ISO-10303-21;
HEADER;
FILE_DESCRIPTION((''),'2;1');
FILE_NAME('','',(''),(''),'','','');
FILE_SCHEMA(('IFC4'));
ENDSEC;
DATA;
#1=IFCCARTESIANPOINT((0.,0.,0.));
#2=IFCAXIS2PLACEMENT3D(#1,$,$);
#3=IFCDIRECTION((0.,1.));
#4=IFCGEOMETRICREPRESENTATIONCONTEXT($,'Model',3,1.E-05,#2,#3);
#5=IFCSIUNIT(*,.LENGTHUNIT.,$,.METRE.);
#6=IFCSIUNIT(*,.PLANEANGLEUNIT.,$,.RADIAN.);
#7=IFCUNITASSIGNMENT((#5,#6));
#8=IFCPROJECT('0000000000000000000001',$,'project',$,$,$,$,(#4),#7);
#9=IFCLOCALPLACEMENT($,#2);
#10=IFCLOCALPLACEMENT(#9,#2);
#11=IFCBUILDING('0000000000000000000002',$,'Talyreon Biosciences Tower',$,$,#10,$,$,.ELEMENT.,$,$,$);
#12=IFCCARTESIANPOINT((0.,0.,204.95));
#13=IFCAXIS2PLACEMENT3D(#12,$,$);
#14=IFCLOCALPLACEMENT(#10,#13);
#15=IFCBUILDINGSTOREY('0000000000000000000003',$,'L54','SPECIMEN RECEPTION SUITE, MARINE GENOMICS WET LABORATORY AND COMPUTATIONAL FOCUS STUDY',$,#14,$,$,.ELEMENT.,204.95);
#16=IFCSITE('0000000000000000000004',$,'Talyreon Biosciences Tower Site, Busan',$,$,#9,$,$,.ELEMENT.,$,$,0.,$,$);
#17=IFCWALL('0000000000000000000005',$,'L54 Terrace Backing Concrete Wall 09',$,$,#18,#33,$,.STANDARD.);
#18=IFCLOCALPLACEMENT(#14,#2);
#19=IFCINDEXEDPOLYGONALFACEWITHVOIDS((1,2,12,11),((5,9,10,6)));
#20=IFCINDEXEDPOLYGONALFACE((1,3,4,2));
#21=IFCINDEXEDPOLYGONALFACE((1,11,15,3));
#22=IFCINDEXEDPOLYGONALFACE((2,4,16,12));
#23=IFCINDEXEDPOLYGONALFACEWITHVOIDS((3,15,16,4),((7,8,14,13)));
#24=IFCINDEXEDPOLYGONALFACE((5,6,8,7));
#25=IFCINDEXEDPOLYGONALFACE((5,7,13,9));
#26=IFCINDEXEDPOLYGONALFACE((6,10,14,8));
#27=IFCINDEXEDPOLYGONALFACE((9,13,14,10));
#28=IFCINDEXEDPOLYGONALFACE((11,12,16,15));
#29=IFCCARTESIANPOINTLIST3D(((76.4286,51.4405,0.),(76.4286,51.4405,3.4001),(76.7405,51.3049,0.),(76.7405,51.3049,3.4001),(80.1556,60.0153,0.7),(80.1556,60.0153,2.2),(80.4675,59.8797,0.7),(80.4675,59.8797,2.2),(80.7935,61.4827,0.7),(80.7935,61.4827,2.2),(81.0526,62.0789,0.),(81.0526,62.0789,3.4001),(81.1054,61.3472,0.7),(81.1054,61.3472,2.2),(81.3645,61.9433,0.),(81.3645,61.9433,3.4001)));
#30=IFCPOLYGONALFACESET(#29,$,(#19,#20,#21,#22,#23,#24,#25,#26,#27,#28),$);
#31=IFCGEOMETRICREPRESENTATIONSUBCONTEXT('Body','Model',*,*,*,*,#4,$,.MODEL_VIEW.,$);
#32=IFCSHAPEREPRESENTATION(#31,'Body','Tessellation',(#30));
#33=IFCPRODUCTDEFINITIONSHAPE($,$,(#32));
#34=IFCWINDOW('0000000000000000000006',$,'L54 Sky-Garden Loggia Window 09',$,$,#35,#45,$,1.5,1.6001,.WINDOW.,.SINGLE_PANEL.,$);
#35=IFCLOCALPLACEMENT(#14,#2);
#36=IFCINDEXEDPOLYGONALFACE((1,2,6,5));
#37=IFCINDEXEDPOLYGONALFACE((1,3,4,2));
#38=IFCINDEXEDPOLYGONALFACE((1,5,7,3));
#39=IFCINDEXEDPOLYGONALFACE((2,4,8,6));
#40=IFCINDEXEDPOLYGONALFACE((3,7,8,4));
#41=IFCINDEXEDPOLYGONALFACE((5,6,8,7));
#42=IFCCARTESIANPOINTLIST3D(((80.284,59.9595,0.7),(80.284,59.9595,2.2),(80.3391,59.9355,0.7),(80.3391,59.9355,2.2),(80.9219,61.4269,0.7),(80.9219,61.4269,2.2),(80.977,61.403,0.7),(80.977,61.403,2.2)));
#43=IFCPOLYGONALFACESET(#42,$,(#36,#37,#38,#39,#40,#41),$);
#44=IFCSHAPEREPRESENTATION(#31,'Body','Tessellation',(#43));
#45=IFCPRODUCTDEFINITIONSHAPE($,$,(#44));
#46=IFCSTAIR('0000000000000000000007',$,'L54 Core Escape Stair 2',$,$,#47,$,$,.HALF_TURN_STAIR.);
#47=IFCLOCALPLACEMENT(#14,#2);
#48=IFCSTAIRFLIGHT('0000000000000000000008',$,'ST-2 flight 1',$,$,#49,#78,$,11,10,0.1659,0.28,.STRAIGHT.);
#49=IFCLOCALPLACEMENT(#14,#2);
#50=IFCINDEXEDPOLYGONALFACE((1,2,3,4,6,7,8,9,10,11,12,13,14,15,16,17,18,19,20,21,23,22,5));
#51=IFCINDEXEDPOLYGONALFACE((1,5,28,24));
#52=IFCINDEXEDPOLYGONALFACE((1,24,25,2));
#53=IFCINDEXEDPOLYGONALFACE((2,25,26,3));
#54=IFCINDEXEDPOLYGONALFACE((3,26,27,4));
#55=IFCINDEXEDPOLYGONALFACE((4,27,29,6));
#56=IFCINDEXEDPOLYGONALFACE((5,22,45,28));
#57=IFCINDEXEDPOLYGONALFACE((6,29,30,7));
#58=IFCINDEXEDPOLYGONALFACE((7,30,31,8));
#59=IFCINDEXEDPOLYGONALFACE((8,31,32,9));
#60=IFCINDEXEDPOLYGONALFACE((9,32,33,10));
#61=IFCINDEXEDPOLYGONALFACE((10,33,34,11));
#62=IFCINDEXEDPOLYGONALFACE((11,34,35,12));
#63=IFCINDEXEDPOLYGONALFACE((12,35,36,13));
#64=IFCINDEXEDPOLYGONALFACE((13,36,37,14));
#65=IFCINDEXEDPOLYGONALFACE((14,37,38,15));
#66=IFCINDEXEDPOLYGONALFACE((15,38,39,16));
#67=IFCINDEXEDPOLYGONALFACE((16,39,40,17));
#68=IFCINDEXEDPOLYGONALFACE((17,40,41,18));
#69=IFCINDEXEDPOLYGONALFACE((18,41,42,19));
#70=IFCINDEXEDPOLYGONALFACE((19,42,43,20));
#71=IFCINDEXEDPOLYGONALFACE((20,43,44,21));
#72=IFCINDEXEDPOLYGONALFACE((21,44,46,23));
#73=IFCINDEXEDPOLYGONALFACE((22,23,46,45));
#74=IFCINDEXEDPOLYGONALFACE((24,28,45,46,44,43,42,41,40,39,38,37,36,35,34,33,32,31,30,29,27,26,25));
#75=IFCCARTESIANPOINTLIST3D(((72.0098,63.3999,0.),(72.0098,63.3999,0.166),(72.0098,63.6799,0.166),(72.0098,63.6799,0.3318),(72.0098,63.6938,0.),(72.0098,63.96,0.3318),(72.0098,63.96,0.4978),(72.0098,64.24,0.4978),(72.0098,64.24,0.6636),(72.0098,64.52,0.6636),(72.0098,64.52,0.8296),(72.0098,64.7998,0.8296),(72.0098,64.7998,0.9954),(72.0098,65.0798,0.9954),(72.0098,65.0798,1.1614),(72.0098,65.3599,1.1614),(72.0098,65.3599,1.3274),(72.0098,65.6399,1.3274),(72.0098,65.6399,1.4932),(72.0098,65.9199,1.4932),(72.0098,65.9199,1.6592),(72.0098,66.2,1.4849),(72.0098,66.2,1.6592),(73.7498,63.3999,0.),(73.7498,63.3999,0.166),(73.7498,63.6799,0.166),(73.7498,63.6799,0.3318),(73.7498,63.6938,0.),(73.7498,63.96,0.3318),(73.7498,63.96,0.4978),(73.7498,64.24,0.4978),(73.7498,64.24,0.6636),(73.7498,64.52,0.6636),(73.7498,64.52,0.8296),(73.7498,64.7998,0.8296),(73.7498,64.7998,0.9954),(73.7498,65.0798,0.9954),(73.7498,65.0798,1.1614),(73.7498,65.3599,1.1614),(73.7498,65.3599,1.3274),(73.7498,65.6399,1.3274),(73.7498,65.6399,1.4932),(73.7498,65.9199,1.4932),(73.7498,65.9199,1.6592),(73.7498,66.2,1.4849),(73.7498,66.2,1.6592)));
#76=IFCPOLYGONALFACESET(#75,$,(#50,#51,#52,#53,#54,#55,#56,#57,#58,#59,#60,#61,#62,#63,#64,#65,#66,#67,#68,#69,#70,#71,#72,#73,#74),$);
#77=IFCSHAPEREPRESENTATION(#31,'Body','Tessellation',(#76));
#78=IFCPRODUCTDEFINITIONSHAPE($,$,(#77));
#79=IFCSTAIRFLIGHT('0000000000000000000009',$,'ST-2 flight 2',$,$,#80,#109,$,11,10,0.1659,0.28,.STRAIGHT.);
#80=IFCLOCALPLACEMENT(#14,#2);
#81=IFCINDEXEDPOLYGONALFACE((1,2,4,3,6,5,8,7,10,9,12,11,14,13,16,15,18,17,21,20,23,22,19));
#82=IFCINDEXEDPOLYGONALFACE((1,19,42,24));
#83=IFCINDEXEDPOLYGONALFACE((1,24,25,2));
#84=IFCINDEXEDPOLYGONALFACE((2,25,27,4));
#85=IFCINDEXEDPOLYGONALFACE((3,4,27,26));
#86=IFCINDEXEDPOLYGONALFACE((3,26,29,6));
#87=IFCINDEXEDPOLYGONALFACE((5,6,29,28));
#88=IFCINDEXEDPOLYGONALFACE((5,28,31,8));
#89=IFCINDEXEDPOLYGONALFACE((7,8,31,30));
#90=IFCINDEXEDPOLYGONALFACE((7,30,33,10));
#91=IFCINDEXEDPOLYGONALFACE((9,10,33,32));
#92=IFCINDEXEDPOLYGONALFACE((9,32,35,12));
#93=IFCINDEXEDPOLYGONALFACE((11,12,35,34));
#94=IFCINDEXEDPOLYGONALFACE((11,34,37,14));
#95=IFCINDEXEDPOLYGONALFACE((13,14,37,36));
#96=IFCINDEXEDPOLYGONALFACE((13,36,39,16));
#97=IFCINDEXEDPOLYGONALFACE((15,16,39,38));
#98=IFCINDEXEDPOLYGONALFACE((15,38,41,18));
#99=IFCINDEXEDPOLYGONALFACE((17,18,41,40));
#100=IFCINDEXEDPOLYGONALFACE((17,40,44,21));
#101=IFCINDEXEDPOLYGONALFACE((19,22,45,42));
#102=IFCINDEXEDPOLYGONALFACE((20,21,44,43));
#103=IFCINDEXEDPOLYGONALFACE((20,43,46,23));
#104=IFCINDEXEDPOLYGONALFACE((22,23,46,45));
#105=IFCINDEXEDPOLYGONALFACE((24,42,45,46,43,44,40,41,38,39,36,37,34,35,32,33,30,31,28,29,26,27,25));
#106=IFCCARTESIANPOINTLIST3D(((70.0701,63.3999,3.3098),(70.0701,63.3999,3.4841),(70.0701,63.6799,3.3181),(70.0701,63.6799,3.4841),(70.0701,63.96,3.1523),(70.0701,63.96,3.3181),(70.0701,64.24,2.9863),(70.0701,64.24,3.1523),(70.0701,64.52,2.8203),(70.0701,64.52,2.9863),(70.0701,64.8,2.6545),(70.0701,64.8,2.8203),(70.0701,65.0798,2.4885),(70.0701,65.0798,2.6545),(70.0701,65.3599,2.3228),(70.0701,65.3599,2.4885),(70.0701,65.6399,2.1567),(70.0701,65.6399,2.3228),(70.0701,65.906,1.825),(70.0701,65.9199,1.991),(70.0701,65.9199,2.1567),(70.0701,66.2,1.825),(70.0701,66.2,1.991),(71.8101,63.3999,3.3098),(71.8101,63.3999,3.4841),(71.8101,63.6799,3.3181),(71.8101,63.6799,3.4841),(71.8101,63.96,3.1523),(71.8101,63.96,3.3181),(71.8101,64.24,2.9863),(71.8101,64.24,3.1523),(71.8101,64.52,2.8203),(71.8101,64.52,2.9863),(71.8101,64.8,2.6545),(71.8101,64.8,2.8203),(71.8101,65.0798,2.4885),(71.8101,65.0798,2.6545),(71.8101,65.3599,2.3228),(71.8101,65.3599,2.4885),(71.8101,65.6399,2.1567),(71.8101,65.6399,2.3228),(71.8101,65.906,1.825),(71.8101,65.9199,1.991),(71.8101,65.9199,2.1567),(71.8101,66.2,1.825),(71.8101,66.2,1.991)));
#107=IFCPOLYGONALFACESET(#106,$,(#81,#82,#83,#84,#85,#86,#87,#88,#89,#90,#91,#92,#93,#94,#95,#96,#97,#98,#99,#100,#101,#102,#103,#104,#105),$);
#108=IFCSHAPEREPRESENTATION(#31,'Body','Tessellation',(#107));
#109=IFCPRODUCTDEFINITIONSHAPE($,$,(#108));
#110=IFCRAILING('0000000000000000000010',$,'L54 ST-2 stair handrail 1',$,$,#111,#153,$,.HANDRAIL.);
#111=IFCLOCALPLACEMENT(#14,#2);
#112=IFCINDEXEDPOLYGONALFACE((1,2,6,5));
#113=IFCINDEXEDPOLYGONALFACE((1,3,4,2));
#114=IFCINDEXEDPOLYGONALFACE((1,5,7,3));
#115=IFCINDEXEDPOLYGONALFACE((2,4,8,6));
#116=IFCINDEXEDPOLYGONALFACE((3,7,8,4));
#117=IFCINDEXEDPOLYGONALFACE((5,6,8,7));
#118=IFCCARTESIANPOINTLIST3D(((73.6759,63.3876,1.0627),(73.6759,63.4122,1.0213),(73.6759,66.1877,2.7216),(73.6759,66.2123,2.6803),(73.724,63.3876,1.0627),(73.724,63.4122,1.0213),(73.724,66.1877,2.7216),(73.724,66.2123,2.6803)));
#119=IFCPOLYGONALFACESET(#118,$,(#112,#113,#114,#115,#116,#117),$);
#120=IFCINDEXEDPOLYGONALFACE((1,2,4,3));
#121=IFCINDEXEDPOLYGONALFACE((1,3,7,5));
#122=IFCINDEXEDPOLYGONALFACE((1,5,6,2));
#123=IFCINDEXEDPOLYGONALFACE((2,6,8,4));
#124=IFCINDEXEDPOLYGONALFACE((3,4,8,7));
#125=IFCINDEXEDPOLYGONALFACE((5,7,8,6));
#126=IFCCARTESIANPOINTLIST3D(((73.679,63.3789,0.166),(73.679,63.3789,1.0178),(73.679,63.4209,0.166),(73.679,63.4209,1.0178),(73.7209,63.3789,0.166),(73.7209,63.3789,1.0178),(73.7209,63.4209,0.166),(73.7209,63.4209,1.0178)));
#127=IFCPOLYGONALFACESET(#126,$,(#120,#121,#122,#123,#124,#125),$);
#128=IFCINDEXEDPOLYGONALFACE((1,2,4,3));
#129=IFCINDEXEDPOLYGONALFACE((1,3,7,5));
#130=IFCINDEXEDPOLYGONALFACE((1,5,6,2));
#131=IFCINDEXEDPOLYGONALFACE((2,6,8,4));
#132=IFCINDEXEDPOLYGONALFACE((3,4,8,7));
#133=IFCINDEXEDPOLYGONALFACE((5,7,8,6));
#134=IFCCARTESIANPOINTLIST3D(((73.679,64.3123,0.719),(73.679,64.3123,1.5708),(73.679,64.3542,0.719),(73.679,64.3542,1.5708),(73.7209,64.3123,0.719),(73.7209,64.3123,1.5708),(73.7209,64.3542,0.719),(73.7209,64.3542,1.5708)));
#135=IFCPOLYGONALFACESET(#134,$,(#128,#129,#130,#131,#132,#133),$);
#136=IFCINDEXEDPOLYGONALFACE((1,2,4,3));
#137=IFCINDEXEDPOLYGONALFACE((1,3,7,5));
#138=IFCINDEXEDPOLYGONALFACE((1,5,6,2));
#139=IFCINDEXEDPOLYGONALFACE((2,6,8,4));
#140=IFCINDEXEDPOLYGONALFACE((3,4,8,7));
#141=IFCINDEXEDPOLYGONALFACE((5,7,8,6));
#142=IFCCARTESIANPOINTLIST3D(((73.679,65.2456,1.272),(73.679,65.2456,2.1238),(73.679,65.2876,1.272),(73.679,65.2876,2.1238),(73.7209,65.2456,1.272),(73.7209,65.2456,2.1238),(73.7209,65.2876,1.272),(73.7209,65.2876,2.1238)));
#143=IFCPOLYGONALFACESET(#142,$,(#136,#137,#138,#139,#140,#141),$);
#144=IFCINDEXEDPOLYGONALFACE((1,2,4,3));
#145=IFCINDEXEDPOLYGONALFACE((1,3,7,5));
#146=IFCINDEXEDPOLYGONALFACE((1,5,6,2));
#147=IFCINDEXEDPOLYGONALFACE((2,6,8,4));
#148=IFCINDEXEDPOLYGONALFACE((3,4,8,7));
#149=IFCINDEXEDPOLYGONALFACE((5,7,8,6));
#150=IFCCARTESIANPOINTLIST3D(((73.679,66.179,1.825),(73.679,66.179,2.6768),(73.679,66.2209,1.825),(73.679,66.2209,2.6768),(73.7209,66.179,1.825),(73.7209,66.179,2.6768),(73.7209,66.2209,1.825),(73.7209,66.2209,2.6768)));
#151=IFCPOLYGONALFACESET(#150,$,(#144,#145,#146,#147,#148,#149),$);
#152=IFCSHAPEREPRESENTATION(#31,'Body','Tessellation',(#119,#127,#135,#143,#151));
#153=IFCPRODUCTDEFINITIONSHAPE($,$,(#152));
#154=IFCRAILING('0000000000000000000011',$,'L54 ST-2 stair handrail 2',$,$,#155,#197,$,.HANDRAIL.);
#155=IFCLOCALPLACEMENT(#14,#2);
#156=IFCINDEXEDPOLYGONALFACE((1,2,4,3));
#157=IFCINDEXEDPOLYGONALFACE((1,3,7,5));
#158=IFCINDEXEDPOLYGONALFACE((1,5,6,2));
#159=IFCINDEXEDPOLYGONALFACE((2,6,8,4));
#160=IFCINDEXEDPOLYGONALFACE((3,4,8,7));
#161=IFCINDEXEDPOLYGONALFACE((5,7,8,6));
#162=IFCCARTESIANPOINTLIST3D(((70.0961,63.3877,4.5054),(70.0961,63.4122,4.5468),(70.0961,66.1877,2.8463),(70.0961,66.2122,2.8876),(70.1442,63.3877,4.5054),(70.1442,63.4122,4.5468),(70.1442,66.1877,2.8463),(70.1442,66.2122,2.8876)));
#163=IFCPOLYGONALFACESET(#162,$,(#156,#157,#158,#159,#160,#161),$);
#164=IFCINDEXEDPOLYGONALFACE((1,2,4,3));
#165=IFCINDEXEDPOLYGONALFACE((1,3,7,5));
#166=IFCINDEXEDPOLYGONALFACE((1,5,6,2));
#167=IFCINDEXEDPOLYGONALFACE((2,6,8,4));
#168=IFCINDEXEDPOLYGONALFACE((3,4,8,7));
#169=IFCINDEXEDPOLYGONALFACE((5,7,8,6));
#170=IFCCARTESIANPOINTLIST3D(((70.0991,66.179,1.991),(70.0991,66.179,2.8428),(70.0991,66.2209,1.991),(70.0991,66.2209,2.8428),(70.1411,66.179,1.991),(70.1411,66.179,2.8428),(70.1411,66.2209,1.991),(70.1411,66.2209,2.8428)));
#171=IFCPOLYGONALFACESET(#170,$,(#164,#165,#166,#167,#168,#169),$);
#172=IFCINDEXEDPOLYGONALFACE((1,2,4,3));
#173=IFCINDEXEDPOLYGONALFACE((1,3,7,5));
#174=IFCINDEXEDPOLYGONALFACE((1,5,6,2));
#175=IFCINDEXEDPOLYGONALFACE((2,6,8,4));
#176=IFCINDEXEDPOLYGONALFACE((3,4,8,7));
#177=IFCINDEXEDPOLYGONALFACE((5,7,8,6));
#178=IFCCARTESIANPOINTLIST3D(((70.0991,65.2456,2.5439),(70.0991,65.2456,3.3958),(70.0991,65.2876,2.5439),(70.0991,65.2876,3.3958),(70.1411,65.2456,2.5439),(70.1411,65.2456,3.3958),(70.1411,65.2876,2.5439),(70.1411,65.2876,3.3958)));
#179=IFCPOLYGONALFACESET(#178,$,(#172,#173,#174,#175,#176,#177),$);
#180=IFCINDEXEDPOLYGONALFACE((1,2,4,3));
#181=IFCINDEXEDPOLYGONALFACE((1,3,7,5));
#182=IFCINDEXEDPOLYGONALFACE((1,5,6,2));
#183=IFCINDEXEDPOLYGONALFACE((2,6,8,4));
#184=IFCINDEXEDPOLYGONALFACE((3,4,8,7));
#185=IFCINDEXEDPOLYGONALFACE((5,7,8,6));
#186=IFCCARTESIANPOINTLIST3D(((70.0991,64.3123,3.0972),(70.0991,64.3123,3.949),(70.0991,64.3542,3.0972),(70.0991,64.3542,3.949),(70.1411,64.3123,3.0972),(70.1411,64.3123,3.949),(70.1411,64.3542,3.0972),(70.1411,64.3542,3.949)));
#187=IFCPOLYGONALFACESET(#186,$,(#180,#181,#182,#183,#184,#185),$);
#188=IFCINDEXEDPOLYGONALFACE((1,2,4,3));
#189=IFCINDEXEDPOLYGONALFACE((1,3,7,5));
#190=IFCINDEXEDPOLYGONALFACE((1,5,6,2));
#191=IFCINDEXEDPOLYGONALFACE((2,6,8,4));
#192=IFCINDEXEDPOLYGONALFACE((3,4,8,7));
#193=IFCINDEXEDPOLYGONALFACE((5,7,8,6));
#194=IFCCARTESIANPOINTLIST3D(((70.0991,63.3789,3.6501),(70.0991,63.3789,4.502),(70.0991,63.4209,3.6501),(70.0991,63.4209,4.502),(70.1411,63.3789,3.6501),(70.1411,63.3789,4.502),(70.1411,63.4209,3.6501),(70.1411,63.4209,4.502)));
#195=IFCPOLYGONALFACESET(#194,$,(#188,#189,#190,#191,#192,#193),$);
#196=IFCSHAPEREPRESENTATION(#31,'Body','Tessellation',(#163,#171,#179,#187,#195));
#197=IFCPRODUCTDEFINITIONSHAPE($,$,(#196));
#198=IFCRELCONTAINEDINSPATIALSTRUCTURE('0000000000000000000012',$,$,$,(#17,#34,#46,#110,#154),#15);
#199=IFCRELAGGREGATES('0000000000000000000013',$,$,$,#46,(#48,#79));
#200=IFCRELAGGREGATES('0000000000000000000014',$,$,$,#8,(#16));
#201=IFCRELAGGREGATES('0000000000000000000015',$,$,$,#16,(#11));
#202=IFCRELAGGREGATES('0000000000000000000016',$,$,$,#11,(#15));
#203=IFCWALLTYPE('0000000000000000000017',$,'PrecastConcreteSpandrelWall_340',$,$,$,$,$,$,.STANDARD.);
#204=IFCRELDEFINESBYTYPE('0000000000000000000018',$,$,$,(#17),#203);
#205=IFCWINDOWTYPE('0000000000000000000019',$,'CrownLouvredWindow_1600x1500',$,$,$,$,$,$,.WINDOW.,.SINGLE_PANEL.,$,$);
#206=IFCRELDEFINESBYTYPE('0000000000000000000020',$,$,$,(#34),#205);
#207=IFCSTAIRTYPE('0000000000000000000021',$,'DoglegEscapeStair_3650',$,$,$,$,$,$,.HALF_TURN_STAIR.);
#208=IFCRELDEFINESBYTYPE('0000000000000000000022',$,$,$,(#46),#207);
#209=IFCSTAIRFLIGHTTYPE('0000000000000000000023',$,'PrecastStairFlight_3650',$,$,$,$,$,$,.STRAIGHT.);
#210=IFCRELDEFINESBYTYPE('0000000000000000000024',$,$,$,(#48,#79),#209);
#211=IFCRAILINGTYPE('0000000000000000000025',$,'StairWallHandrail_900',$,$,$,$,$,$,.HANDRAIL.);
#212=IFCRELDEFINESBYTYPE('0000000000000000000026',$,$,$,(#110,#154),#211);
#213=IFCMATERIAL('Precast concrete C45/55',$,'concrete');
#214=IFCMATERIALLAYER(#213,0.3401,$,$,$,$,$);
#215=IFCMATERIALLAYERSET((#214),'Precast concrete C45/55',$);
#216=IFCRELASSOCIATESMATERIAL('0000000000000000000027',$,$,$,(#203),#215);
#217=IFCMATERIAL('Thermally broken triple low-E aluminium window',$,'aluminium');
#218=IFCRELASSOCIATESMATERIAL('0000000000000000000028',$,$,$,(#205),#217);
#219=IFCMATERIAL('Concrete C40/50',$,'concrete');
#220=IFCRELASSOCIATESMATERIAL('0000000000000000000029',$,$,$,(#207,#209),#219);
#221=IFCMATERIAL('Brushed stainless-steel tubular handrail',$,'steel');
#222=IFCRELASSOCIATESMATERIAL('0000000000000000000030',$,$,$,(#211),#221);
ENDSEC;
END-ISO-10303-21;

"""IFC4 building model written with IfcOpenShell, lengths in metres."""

from ifc_helpers import new_model, si_unit, direction, frame, frame_2d, origin, origin_2d, place, context, subcontext, project, spatial, polyline, rectangle, outline, extrude, material, layer, layer_set, type_object, element, fill, aggregate, save


model = new_model("IFC4")

# Units and contexts
model_context = context("Model", 3, precision=1e-05, world=origin(), true_north=direction((0.0, 1.0)))
body_context = subcontext(model_context, "Body", "Model", "MODEL_VIEW")
ifc_project = project(units=[si_unit("LENGTHUNIT", "METRE"), si_unit("PLANEANGLEUNIT", "RADIAN")], contexts=[model_context])

# Site, building, storey
site_placement = place(None, origin())
site = spatial("IfcSite", under=ifc_project, at=site_placement, Name="Talyreon Biosciences Tower Site, Busan", CompositionType="ELEMENT", RefElevation=0.0)
building_placement = place(site_placement, origin())
building = spatial("IfcBuilding", under=site, at=building_placement, Name="Talyreon Biosciences Tower", CompositionType="ELEMENT")
storey_placement = place(building_placement, frame((0.0, 0.0, 204.95)))
storey = spatial("IfcBuildingStorey", under=building, at=storey_placement, Name="L54", Description="SPECIMEN RECEPTION SUITE, MARINE GENOMICS WET LABORATORY AND COMPUTATIONAL FOCUS STUDY", CompositionType="ELEMENT", Elevation=204.95)

# Shared definitions
ifc_material_1 = material(Name="Precast concrete C45/55", Category="concrete")

# Shared definitions
ifc_layer_1 = layer(ifc_material_1, 0.3401)
ifc_layer_set_1 = layer_set([ifc_layer_1], Name="Precast concrete C45/55")
wall_type_1 = type_object("IfcWallType", Name="PrecastConcreteSpandrelWall_340", PredefinedType="STANDARD", material=ifc_layer_set_1)

# Wall, opening, window
wall_1_placement = place(storey_placement, frame((81.2085, 62.011, 0.0), z_axis=(0.0, 0.0, 1.0), x_axis=(-0.398626, -0.917114, 0.0)))
wall_1 = element("IfcWall", 1, at=wall_1_placement, inside=storey, type_object=wall_type_1, Name="L54 Terrace Backing Concrete Wall 09", PredefinedType="STANDARD", context=body_context, shape_type="SweptSolid", body=[
    extrude(rectangle(XDim=11.5999, YDim=0.3401, at=frame_2d((5.7998, 0.0))), origin(), (0.0, 0.0, 1.0), 3.4001),
])
opening_1_placement = place(wall_1_placement, frame((0.6499, 0.0, 0.7)))
opening_1 = element("IfcOpeningElement", 2, at=opening_1_placement, cuts=wall_1, PredefinedType="OPENING", context=body_context, shape_type="SweptSolid", body=[
    extrude(rectangle(XDim=1.6001, YDim=1.5, at=frame_2d((0.8, 0.75))), frame((0.0, 0.1799, 0.0), z_axis=(0.0, -1.0, 0.0), x_axis=(1.0, 0.0, 0.0)), (0.0, 0.0, 1.0), 0.3601),
])
ifc_material_2 = material(Name="Thermally broken triple low-E aluminium window", Category="aluminium")
window_type = type_object("IfcWindowType", Name="CrownLouvredWindow_1600x1500", PartitioningType="SINGLE_PANEL", PredefinedType="WINDOW", material=ifc_material_2)
window_placement = place(opening_1_placement, origin())
window = element("IfcWindow", 3, at=window_placement, inside=storey, type_object=window_type, Name="L54 Sky-Garden Loggia Window 09", OverallHeight=1.5, OverallWidth=1.6001, PartitioningType="SINGLE_PANEL", PredefinedType="WINDOW", context=body_context, shape_type="SweptSolid", body=[
    extrude(rectangle(XDim=1.6001, YDim=1.5, at=frame_2d((0.8, 0.75))), frame((0.0, 0.03, 0.0), z_axis=(0.0, -1.0, 0.0), x_axis=(1.0, 0.0, 0.0)), (0.0, 0.0, 1.0), 0.0601),
])
fill(opening_1, window)

# Stair, stair flights
ifc_material_3 = material(Name="Concrete C40/50", Category="concrete")
stair_type = type_object("IfcStairType", Name="DoglegEscapeStair_3650", PredefinedType="HALF_TURN_STAIR", material=ifc_material_3)
stair_placement = place(storey_placement, origin())
stair = element("IfcStair", 4, at=stair_placement, inside=storey, type_object=stair_type, Name="L54 Core Escape Stair 2", PredefinedType="HALF_TURN_STAIR")
stair_flight_type = type_object("IfcStairFlightType", Name="PrecastStairFlight_3650", PredefinedType="STRAIGHT", material=ifc_material_3)
stair_flight_1_placement = place(storey_placement, frame((72.8799, 63.3999, 0.0), z_axis=(0.0, 0.0, 1.0), x_axis=(0.0, 1.0, 0.0)))
stair_flight_1 = element("IfcStairFlight", 5, at=stair_flight_1_placement, type_object=stair_flight_type, Name="ST-2 flight 1", NumberOfRisers=11, NumberOfTreads=10, PredefinedType="STRAIGHT", RiserHeight=0.1659, TreadLength=0.28, context=body_context, shape_type="SweptSolid", body=[
    extrude(outline(polyline([(0.0, 0.0), (0.0, 0.166), (0.28, 0.166), (0.28, 0.3318), (0.5601, 0.3318), (0.5601, 0.4978), (0.8401, 0.4978), (0.8401, 0.6636), (1.1201, 0.6636), (1.1201, 0.8296), (1.3999, 0.8296), (1.3999, 0.9954), (1.6799, 0.9954), (1.6799, 1.1614), (1.96, 1.1614), (1.96, 1.3274), (2.24, 1.3274), (2.24, 1.4932), (2.52, 1.4932), (2.52, 1.6592), (2.8, 1.6592), (2.8, 1.825), (2.8, 1.4849), (0.2939, 0.0), (0.0, 0.0)])), frame((0.0, 0.8701, 0.0), z_axis=(0.0, -1.0, 0.0), x_axis=(1.0, 0.0, 0.0)), (0.0, 0.0, 1.0), 1.74),
])
stair_flight_2_placement = place(storey_placement, frame((70.9399, 66.2, 1.825), z_axis=(0.0, 0.0, 1.0), x_axis=(0.0, -1.0, 0.0)))
stair_flight_2 = element("IfcStairFlight", 6, at=stair_flight_2_placement, type_object=stair_flight_type, Name="ST-2 flight 2", NumberOfRisers=11, NumberOfTreads=10, PredefinedType="STRAIGHT", RiserHeight=0.1659, TreadLength=0.28, context=body_context, shape_type="SweptSolid", body=[
    extrude(outline(polyline([(0.0, 0.0), (0.0, 0.166), (0.28, 0.166), (0.28, 0.3318), (0.5601, 0.3318), (0.5601, 0.4978), (0.8401, 0.4978), (0.8401, 0.6636), (1.1201, 0.6636), (1.1201, 0.8296), (1.3999, 0.8296), (1.3999, 0.9954), (1.6799, 0.9954), (1.6799, 1.1614), (1.96, 1.1614), (1.96, 1.3274), (2.24, 1.3274), (2.24, 1.4932), (2.52, 1.4932), (2.52, 1.6592), (2.8, 1.6592), (2.8, 1.825), (2.8, 1.4849), (0.2939, 0.0), (0.0, 0.0)])), frame((0.0, 0.8701, 0.0), z_axis=(0.0, -1.0, 0.0), x_axis=(1.0, 0.0, 0.0)), (0.0, 0.0, 1.0), 1.74),
])
aggregate(stair, [stair_flight_1, stair_flight_2])

# Railings
ifc_material_4 = material(Name="Brushed stainless-steel tubular handrail", Category="steel")
railing_type_1 = type_object("IfcRailingType", Name="StairWallHandrail_900", PredefinedType="HANDRAIL", material=ifc_material_4)
railing_1_placement = place(storey_placement, frame((73.7, 63.3999, 0.166)))
element("IfcRailing", 7, at=railing_1_placement, inside=storey, type_object=railing_type_1, Name="L54 ST-2 stair handrail 1", PredefinedType="HANDRAIL", context=body_context, shape_type="SweptSolid", body=[
    extrude(rectangle(XDim=0.0481, YDim=0.0481, at=origin_2d()), frame((0.0, 0.0, 0.876), z_axis=(0.0, 0.860339, 0.509722), x_axis=(-1.0, 0.0, 0.0)), (0.0, 0.0, 1.0), 3.2546),
    extrude(rectangle(XDim=0.042, YDim=0.042, at=origin_2d()), origin(), (0.0, 0.0, 1.0), 0.8518),
    extrude(rectangle(XDim=0.042, YDim=0.042, at=origin_2d()), frame((0.0, 0.9333, 0.553)), (0.0, 0.0, 1.0), 0.8518),
    extrude(rectangle(XDim=0.042, YDim=0.042, at=origin_2d()), frame((0.0, 1.8667, 1.106)), (0.0, 0.0, 1.0), 0.8518),
    extrude(rectangle(XDim=0.042, YDim=0.042, at=origin_2d()), frame((0.0, 2.8, 1.6589)), (0.0, 0.0, 1.0), 0.8518),
])
railing_2_placement = place(storey_placement, frame((70.1201, 66.2, 1.991)))
element("IfcRailing", 8, at=railing_2_placement, inside=storey, type_object=railing_type_1, Name="L54 ST-2 stair handrail 2", PredefinedType="HANDRAIL", context=body_context, shape_type="SweptSolid", body=[
    extrude(rectangle(XDim=0.0481, YDim=0.0481, at=origin_2d()), frame((0.0, 0.0, 0.876), z_axis=(0.0, -0.860306, 0.509778), x_axis=(1.0, 0.0, 0.0)), (0.0, 0.0, 1.0), 3.2546),
    extrude(rectangle(XDim=0.042, YDim=0.042, at=origin_2d()), origin(), (0.0, 0.0, 1.0), 0.8518),
    extrude(rectangle(XDim=0.042, YDim=0.042, at=origin_2d()), frame((0.0, -0.9333, 0.553)), (0.0, 0.0, 1.0), 0.8518),
    extrude(rectangle(XDim=0.042, YDim=0.042, at=origin_2d()), frame((0.0, -1.8667, 1.1062)), (0.0, 0.0, 1.0), 0.8518),
    extrude(rectangle(XDim=0.042, YDim=0.042, at=origin_2d()), frame((0.0, -2.8, 1.6592)), (0.0, 0.0, 1.0), 0.8518),
])

save(model, "model.ifc")
